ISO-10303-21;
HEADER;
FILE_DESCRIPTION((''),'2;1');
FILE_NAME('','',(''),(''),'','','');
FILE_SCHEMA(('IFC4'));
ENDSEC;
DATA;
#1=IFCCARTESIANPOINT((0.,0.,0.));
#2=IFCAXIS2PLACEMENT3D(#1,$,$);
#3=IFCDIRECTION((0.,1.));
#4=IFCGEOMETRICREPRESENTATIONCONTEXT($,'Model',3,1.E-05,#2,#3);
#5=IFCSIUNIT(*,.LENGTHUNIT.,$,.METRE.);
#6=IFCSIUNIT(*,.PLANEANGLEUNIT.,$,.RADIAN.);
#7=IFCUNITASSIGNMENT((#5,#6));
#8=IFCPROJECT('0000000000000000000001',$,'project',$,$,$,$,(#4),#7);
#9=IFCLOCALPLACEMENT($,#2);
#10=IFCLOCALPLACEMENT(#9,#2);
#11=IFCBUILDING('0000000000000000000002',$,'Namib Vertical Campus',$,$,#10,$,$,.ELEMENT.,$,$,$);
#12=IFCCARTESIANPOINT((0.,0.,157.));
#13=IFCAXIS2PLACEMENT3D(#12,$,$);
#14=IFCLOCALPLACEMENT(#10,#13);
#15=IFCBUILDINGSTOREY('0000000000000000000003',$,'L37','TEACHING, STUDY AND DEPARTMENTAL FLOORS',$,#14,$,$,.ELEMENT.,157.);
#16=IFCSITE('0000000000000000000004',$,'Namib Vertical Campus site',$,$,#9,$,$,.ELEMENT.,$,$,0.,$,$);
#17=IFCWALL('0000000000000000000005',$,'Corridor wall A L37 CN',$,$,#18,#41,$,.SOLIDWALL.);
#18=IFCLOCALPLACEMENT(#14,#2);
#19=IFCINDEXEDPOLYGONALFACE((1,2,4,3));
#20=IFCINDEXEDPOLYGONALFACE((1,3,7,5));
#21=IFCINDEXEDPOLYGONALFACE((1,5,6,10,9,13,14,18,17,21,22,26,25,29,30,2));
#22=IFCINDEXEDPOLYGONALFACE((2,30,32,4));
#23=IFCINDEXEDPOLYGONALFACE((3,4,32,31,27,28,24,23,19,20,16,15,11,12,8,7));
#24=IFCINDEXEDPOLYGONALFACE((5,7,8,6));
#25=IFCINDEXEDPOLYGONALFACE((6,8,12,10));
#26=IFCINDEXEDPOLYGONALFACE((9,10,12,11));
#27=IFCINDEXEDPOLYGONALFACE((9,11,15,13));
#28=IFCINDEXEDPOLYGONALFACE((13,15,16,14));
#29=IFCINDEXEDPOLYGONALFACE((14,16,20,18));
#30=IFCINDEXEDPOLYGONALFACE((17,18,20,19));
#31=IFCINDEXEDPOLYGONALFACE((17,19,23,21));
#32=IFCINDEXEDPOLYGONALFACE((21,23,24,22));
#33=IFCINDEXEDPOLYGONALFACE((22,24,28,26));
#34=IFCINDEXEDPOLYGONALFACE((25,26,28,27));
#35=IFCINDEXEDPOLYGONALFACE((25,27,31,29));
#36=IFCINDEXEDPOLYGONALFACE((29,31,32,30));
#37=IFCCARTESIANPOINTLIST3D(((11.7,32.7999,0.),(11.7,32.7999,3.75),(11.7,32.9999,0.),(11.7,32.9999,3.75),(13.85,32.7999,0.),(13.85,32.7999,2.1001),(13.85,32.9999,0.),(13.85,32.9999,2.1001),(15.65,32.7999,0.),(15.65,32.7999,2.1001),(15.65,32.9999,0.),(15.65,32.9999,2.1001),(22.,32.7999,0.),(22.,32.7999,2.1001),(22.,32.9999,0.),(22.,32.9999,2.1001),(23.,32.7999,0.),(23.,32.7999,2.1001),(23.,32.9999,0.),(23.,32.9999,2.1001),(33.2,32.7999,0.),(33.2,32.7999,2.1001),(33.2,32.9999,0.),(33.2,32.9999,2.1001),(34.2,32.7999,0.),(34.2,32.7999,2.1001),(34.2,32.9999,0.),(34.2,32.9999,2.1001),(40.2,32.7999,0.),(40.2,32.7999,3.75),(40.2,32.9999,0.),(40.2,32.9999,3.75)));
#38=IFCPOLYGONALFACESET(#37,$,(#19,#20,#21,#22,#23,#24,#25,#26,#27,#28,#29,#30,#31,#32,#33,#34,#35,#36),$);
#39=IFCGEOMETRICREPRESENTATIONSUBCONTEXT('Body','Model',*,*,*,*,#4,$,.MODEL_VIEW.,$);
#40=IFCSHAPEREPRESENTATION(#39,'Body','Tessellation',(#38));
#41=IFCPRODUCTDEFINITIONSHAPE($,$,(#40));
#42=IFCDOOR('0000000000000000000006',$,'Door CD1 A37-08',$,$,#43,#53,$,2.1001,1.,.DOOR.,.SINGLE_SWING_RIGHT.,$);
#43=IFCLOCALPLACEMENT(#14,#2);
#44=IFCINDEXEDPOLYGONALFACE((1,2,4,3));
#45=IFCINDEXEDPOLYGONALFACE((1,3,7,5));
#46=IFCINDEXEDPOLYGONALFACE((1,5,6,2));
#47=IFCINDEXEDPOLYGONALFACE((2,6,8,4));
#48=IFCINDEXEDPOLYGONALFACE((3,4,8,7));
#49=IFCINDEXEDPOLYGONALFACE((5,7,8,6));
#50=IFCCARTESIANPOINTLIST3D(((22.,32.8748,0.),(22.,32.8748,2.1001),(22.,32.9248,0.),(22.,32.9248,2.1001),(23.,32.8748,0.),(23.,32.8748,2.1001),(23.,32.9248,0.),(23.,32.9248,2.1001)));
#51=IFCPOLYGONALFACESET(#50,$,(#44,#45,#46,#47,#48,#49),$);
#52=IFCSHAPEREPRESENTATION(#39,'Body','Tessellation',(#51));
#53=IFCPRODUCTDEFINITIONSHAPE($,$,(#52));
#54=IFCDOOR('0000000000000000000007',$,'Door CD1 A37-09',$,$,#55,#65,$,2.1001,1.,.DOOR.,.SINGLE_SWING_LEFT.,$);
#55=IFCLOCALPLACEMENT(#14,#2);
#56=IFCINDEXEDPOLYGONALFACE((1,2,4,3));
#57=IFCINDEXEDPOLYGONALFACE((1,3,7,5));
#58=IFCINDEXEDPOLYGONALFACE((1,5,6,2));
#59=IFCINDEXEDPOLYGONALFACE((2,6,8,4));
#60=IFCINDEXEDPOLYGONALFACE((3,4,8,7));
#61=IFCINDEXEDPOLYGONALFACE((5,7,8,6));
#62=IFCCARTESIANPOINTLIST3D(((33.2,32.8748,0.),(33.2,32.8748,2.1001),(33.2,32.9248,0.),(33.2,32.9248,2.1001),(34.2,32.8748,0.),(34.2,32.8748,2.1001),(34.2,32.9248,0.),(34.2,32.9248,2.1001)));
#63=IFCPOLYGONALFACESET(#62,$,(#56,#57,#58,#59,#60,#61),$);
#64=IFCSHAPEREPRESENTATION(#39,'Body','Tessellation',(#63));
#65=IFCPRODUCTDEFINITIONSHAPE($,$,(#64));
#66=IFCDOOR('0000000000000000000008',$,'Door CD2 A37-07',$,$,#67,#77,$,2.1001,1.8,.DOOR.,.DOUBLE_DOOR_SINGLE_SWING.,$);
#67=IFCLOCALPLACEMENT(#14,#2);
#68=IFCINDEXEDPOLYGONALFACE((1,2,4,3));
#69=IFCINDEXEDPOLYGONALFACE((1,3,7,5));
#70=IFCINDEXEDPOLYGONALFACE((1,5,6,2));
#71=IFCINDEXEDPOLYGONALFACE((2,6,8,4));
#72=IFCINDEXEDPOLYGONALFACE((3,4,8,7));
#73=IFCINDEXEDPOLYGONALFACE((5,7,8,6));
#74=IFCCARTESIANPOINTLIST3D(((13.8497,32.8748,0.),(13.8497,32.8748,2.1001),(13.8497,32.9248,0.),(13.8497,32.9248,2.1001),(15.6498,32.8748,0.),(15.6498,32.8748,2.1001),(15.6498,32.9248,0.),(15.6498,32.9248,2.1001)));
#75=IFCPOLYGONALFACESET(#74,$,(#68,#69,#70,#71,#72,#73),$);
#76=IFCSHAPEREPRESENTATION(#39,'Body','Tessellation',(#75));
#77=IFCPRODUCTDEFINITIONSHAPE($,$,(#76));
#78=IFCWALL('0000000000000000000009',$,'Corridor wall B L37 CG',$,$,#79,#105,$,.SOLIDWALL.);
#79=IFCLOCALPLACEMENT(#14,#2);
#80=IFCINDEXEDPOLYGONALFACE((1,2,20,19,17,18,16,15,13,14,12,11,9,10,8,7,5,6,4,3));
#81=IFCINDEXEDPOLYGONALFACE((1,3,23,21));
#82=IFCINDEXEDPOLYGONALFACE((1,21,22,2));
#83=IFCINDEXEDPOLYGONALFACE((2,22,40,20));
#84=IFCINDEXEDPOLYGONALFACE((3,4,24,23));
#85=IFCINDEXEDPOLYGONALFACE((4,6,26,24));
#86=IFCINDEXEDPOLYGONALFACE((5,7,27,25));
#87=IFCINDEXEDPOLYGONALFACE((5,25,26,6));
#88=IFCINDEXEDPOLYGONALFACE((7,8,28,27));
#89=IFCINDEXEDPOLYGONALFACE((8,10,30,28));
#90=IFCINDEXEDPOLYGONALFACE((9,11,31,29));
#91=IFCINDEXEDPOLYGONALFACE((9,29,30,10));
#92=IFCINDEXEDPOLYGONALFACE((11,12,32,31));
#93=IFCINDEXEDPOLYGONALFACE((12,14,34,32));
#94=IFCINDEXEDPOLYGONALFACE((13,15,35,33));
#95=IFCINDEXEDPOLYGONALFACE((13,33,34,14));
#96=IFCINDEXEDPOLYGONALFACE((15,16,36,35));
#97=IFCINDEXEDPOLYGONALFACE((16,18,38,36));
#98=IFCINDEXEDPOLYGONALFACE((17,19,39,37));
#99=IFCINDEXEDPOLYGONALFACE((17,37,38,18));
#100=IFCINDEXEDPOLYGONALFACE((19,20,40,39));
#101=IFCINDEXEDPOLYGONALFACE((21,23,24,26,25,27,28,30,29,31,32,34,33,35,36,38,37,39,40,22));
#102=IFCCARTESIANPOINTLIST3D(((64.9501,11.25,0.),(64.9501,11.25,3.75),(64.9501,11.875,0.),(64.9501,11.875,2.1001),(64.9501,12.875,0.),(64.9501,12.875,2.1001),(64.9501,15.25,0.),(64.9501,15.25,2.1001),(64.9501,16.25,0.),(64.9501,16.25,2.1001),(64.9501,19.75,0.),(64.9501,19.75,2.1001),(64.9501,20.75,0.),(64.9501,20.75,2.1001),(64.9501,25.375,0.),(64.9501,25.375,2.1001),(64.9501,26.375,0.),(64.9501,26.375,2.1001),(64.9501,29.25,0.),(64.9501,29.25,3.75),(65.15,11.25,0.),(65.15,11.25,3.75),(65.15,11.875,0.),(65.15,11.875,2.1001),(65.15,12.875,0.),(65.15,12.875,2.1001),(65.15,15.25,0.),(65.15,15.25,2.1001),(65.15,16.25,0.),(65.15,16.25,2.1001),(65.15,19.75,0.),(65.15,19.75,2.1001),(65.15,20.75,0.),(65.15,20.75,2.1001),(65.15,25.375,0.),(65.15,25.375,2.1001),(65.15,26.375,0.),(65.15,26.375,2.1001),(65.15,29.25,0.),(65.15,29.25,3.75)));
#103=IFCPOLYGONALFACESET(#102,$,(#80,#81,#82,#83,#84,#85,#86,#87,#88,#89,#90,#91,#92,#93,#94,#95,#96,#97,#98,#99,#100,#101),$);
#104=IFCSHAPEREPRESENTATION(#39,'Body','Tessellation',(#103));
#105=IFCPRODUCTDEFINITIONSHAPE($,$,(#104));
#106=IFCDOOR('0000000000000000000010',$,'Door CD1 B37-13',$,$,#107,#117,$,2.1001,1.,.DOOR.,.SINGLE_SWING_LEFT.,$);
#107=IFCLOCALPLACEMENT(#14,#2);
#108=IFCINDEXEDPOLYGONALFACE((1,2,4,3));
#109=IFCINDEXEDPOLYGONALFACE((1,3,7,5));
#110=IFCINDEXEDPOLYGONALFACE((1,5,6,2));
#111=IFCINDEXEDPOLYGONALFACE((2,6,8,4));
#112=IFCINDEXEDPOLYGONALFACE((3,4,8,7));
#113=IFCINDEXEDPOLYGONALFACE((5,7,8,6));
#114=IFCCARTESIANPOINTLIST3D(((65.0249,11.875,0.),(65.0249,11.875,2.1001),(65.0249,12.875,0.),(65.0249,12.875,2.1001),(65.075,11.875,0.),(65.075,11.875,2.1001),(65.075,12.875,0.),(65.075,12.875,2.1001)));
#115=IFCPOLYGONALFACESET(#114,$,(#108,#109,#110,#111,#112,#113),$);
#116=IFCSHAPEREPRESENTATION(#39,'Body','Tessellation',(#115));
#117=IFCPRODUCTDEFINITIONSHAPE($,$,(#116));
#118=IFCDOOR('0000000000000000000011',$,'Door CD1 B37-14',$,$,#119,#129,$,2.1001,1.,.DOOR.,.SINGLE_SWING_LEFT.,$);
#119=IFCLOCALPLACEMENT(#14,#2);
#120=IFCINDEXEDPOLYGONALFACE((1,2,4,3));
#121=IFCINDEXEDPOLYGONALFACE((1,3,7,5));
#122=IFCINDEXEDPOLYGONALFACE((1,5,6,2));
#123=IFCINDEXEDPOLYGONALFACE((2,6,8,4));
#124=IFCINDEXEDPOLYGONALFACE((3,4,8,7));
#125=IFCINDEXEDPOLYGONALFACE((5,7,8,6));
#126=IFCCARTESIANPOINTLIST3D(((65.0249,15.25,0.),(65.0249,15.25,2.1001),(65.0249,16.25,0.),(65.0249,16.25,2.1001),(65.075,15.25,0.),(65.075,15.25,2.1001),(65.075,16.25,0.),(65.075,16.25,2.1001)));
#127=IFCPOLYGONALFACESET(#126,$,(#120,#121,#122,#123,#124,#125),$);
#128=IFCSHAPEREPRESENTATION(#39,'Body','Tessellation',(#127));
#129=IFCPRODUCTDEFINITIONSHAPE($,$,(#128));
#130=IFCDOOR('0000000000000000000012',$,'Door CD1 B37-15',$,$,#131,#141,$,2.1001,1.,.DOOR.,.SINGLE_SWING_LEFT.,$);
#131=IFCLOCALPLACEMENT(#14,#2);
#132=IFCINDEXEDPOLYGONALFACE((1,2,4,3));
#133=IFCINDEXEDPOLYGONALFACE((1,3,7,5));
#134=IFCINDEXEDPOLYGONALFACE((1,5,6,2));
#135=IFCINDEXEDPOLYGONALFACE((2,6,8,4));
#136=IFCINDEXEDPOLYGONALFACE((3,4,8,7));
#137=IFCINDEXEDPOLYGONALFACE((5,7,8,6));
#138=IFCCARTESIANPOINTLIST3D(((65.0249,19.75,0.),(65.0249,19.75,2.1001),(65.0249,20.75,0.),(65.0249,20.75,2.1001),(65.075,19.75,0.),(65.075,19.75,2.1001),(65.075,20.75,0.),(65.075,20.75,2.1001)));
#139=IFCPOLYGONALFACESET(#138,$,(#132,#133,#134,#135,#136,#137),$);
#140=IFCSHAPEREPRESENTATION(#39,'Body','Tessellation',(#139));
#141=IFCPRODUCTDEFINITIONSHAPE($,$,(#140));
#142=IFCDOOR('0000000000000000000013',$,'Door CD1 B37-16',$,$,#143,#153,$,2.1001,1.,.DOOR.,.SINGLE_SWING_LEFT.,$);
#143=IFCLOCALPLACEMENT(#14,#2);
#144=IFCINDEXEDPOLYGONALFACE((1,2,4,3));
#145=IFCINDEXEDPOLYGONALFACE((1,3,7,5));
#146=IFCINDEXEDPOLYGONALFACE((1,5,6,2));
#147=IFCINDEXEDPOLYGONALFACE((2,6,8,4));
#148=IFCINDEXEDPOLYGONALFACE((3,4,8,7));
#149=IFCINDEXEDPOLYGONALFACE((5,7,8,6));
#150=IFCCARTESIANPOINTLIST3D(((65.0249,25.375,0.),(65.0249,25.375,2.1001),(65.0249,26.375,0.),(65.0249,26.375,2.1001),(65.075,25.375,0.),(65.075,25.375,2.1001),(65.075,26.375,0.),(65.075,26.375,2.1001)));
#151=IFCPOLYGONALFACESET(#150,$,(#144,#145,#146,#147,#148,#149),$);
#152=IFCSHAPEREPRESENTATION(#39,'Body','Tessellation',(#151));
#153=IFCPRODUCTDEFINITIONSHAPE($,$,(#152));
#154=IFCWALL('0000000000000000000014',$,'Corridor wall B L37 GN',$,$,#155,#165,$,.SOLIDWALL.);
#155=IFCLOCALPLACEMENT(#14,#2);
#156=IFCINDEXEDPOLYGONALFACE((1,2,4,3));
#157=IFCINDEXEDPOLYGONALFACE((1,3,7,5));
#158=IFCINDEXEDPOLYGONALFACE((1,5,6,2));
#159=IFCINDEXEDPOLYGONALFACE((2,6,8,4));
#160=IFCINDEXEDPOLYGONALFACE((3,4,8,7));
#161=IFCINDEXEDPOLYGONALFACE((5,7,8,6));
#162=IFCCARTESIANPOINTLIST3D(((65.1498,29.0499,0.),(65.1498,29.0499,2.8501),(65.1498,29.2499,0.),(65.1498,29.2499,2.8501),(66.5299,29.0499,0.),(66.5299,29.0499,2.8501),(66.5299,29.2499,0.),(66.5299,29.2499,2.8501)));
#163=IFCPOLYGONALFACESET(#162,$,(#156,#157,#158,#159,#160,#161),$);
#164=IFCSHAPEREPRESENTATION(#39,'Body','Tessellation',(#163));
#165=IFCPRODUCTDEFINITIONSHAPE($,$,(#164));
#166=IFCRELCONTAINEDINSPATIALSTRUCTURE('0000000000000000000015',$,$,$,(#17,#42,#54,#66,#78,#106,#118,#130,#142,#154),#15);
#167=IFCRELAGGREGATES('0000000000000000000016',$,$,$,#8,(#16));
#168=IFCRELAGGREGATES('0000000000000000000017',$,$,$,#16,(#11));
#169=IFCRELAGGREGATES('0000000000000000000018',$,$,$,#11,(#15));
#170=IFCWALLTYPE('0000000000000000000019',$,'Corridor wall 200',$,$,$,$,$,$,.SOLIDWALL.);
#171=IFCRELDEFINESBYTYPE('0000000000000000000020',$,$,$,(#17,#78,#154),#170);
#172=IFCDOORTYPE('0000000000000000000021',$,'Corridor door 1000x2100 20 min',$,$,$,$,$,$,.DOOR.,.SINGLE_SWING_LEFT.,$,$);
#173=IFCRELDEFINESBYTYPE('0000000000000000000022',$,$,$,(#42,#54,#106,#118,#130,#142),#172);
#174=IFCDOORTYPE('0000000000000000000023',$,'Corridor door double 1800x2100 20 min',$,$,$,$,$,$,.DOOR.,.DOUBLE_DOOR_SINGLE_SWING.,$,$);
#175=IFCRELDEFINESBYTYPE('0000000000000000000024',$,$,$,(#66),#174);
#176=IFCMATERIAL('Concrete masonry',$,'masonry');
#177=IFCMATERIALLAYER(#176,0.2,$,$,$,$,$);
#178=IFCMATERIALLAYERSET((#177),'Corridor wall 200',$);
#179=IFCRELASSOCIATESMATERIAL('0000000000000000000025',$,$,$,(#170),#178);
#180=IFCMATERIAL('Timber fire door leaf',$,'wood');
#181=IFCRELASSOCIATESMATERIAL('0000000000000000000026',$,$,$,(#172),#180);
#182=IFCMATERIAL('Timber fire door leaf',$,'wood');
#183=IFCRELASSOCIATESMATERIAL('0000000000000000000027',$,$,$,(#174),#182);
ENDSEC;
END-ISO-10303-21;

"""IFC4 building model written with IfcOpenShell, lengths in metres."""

from ifc_helpers import new_model, si_unit, direction, frame, frame_2d, origin, place, context, subcontext, project, spatial, rectangle, extrude, material, layer, layer_set, type_object, element, fill, save


model = new_model("IFC4")

# Units and contexts
model_context = context("Model", 3, precision=1e-05, world=origin(), true_north=direction((0.0, 1.0)))
body_context = subcontext(model_context, "Body", "Model", "MODEL_VIEW")
ifc_project = project(units=[si_unit("LENGTHUNIT", "METRE"), si_unit("PLANEANGLEUNIT", "RADIAN")], contexts=[model_context])

# Site, building, storey
site_placement = place(None, origin())
site = spatial("IfcSite", under=ifc_project, at=site_placement, Name="Namib Vertical Campus site", CompositionType="ELEMENT", RefElevation=0.0)
building_placement = place(site_placement, origin())
building = spatial("IfcBuilding", under=site, at=building_placement, Name="Namib Vertical Campus", CompositionType="ELEMENT")
storey_placement = place(building_placement, frame((0.0, 0.0, 157.0)))
storey = spatial("IfcBuildingStorey", under=building, at=storey_placement, Name="L37", Description="TEACHING, STUDY AND DEPARTMENTAL FLOORS", CompositionType="ELEMENT", Elevation=157.0)

# Walls, openings, doors
ifc_material_1 = material(Name="Concrete masonry", Category="masonry")
ifc_layer_1 = layer(ifc_material_1, 0.2)
ifc_layer_set_1 = layer_set([ifc_layer_1], Name="Corridor wall 200")
wall_type_1 = type_object("IfcWallType", Name="Corridor wall 200", PredefinedType="SOLIDWALL", material=ifc_layer_set_1)
wall_1_placement = place(storey_placement, frame((40.2, 32.8999, 0.0), z_axis=(0.0, 0.0, 1.0), x_axis=(-1.0, 0.0, 0.0)))
wall_1 = element("IfcWall", 1, at=wall_1_placement, inside=storey, type_object=wall_type_1, Name="Corridor wall A L37 CN", PredefinedType="SOLIDWALL", context=body_context, shape_type="SweptSolid", body=[
    extrude(rectangle(XDim=28.5, YDim=0.2, at=frame_2d((14.25, 0.0))), origin(), (0.0, 0.0, 1.0), 3.75),
])
opening_1_placement = place(wall_1_placement, frame((24.55, 0.0, 0.0)))
opening_1 = element("IfcOpeningElement", 2, at=opening_1_placement, cuts=wall_1, PredefinedType="OPENING", context=body_context, shape_type="SweptSolid", body=[
    extrude(rectangle(XDim=1.8, YDim=2.1001, at=frame_2d((0.8999, 1.05))), frame((0.0, 0.1099, 0.0), z_axis=(0.0, -1.0, 0.0), x_axis=(1.0, 0.0, 0.0)), (0.0, 0.0, 1.0), 0.22),
])
opening_2_placement = place(wall_1_placement, frame((17.2, 0.0, 0.0)))
opening_2 = element("IfcOpeningElement", 3, at=opening_2_placement, cuts=wall_1, PredefinedType="OPENING", context=body_context, shape_type="SweptSolid", body=[
    extrude(rectangle(XDim=1.0, YDim=2.1001, at=frame_2d((0.5, 1.05))), frame((0.0, 0.1099, 0.0), z_axis=(0.0, -1.0, 0.0), x_axis=(1.0, 0.0, 0.0)), (0.0, 0.0, 1.0), 0.22),
])
opening_3_placement = place(wall_1_placement, frame((6.0, 0.0, 0.0)))
opening_3 = element("IfcOpeningElement", 4, at=opening_3_placement, cuts=wall_1, PredefinedType="OPENING", context=body_context, shape_type="SweptSolid", body=[
    extrude(rectangle(XDim=1.0, YDim=2.1001, at=frame_2d((0.5, 1.05))), frame((0.0, 0.1099, 0.0), z_axis=(0.0, -1.0, 0.0), x_axis=(1.0, 0.0, 0.0)), (0.0, 0.0, 1.0), 0.22),
])
ifc_material_2 = material(Name="Timber fire door leaf", Category="wood")
door_type_1 = type_object("IfcDoorType", Name="Corridor door 1000x2100 20 min", OperationType="SINGLE_SWING_LEFT", PredefinedType="DOOR", material=ifc_material_2)
door_1_placement = place(opening_2_placement, frame((1.0, 0.0, 0.0), z_axis=(0.0, 0.0, 1.0), x_axis=(-1.0, 0.0, 0.0)))
door_1 = element("IfcDoor", 5, at=door_1_placement, inside=storey, type_object=door_type_1, Name="Door CD1 A37-08", OperationType="SINGLE_SWING_RIGHT", OverallHeight=2.1001, OverallWidth=1.0, PredefinedType="DOOR", context=body_context, shape_type="SweptSolid", body=[
    extrude(rectangle(XDim=1.0, YDim=2.1001, at=frame_2d((0.5, 1.05))), frame((0.0, 0.0249, 0.0), z_axis=(0.0, -1.0, 0.0), x_axis=(1.0, 0.0, 0.0)), (0.0, 0.0, 1.0), 0.05),
])
fill(opening_2, door_1)
door_2_placement = place(opening_3_placement, frame((1.0, 0.0, 0.0), z_axis=(0.0, 0.0, 1.0), x_axis=(-1.0, 0.0, 0.0)))
door_2 = element("IfcDoor", 6, at=door_2_placement, inside=storey, type_object=door_type_1, Name="Door CD1 A37-09", OperationType="SINGLE_SWING_LEFT", OverallHeight=2.1001, OverallWidth=1.0, PredefinedType="DOOR", context=body_context, shape_type="SweptSolid", body=[
    extrude(rectangle(XDim=1.0, YDim=2.1001, at=frame_2d((0.5, 1.05))), frame((0.0, 0.0249, 0.0), z_axis=(0.0, -1.0, 0.0), x_axis=(1.0, 0.0, 0.0)), (0.0, 0.0, 1.0), 0.05),
])
fill(opening_3, door_2)
ifc_material_3 = material(Name="Timber fire door leaf", Category="wood")
door_type_2 = type_object("IfcDoorType", Name="Corridor door double 1800x2100 20 min", OperationType="DOUBLE_DOOR_SINGLE_SWING", PredefinedType="DOOR", material=ifc_material_3)
door_3_placement = place(opening_1_placement, frame((1.8, 0.0, 0.0), z_axis=(0.0, 0.0, 1.0), x_axis=(-1.0, 0.0, 0.0)))
door_3 = element("IfcDoor", 7, at=door_3_placement, inside=storey, type_object=door_type_2, Name="Door CD2 A37-07", OperationType="DOUBLE_DOOR_SINGLE_SWING", OverallHeight=2.1001, OverallWidth=1.8, PredefinedType="DOOR", context=body_context, shape_type="SweptSolid", body=[
    extrude(rectangle(XDim=1.8, YDim=2.1001, at=frame_2d((0.8999, 1.05))), frame((0.0, 0.0249, 0.0), z_axis=(0.0, -1.0, 0.0), x_axis=(1.0, 0.0, 0.0)), (0.0, 0.0, 1.0), 0.05),
])
fill(opening_1, door_3)
wall_2_placement = place(storey_placement, frame((65.05, 29.25, 0.0), z_axis=(0.0, 0.0, 1.0), x_axis=(0.0, -1.0, 0.0)))
wall_2 = element("IfcWall", 8, at=wall_2_placement, inside=storey, type_object=wall_type_1, Name="Corridor wall B L37 CG", PredefinedType="SOLIDWALL", context=body_context, shape_type="SweptSolid", body=[
    extrude(rectangle(XDim=18.0, YDim=0.2, at=frame_2d((9.0, 0.0))), origin(), (0.0, 0.0, 1.0), 3.75),
])
opening_4_placement = place(wall_2_placement, frame((16.375, 0.0, 0.0)))
opening_4 = element("IfcOpeningElement", 9, at=opening_4_placement, cuts=wall_2, PredefinedType="OPENING", context=body_context, shape_type="SweptSolid", body=[
    extrude(rectangle(XDim=1.0, YDim=2.1001, at=frame_2d((0.5, 1.05))), frame((0.0, 0.1099, 0.0), z_axis=(0.0, -1.0, 0.0), x_axis=(1.0, 0.0, 0.0)), (0.0, 0.0, 1.0), 0.22),
])
opening_5_placement = place(wall_2_placement, frame((13.0, 0.0, 0.0)))
opening_5 = element("IfcOpeningElement", 10, at=opening_5_placement, cuts=wall_2, PredefinedType="OPENING", context=body_context, shape_type="SweptSolid", body=[
    extrude(rectangle(XDim=1.0, YDim=2.1001, at=frame_2d((0.5, 1.05))), frame((0.0, 0.1099, 0.0), z_axis=(0.0, -1.0, 0.0), x_axis=(1.0, 0.0, 0.0)), (0.0, 0.0, 1.0), 0.22),
])
opening_6_placement = place(wall_2_placement, frame((8.5, 0.0, 0.0)))
opening_6 = element("IfcOpeningElement", 11, at=opening_6_placement, cuts=wall_2, PredefinedType="OPENING", context=body_context, shape_type="SweptSolid", body=[
    extrude(rectangle(XDim=1.0, YDim=2.1001, at=frame_2d((0.5, 1.05))), frame((0.0, 0.1099, 0.0), z_axis=(0.0, -1.0, 0.0), x_axis=(1.0, 0.0, 0.0)), (0.0, 0.0, 1.0), 0.22),
])
opening_7_placement = place(wall_2_placement, frame((2.875, 0.0, 0.0)))
opening_7 = element("IfcOpeningElement", 12, at=opening_7_placement, cuts=wall_2, PredefinedType="OPENING", context=body_context, shape_type="SweptSolid", body=[
    extrude(rectangle(XDim=1.0, YDim=2.1001, at=frame_2d((0.5, 1.05))), frame((0.0, 0.1099, 0.0), z_axis=(0.0, -1.0, 0.0), x_axis=(1.0, 0.0, 0.0)), (0.0, 0.0, 1.0), 0.22),
])
door_4_placement = place(opening_4_placement, origin())
door_4 = element("IfcDoor", 13, at=door_4_placement, inside=storey, type_object=door_type_1, Name="Door CD1 B37-13", OperationType="SINGLE_SWING_LEFT", OverallHeight=2.1001, OverallWidth=1.0, PredefinedType="DOOR", context=body_context, shape_type="SweptSolid", body=[
    extrude(rectangle(XDim=1.0, YDim=2.1001, at=frame_2d((0.5, 1.05))), frame((0.0, 0.0249, 0.0), z_axis=(0.0, -1.0, 0.0), x_axis=(1.0, 0.0, 0.0)), (0.0, 0.0, 1.0), 0.05),
])
fill(opening_4, door_4)
door_5_placement = place(opening_5_placement, origin())
door_5 = element("IfcDoor", 14, at=door_5_placement, inside=storey, type_object=door_type_1, Name="Door CD1 B37-14", OperationType="SINGLE_SWING_LEFT", OverallHeight=2.1001, OverallWidth=1.0, PredefinedType="DOOR", context=body_context, shape_type="SweptSolid", body=[
    extrude(rectangle(XDim=1.0, YDim=2.1001, at=frame_2d((0.5, 1.05))), frame((0.0, 0.0249, 0.0), z_axis=(0.0, -1.0, 0.0), x_axis=(1.0, 0.0, 0.0)), (0.0, 0.0, 1.0), 0.05),
])
fill(opening_5, door_5)
door_6_placement = place(opening_6_placement, origin())
door_6 = element("IfcDoor", 15, at=door_6_placement, inside=storey, type_object=door_type_1, Name="Door CD1 B37-15", OperationType="SINGLE_SWING_LEFT", OverallHeight=2.1001, OverallWidth=1.0, PredefinedType="DOOR", context=body_context, shape_type="SweptSolid", body=[
    extrude(rectangle(XDim=1.0, YDim=2.1001, at=frame_2d((0.5, 1.05))), frame((0.0, 0.0249, 0.0), z_axis=(0.0, -1.0, 0.0), x_axis=(1.0, 0.0, 0.0)), (0.0, 0.0, 1.0), 0.05),
])
fill(opening_6, door_6)
door_7_placement = place(opening_7_placement, origin())
door_7 = element("IfcDoor", 16, at=door_7_placement, inside=storey, type_object=door_type_1, Name="Door CD1 B37-16", OperationType="SINGLE_SWING_LEFT", OverallHeight=2.1001, OverallWidth=1.0, PredefinedType="DOOR", context=body_context, shape_type="SweptSolid", body=[
    extrude(rectangle(XDim=1.0, YDim=2.1001, at=frame_2d((0.5, 1.05))), frame((0.0, 0.0249, 0.0), z_axis=(0.0, -1.0, 0.0), x_axis=(1.0, 0.0, 0.0)), (0.0, 0.0, 1.0), 0.05),
])
fill(opening_7, door_7)

# Wall
wall_3_placement = place(storey_placement, frame((65.1499, 29.1499, 0.0), z_axis=(0.0, 0.0, 1.0), x_axis=(1.0, 0.0, 0.0)))
element("IfcWall", 17, at=wall_3_placement, inside=storey, type_object=wall_type_1, Name="Corridor wall B L37 GN", PredefinedType="SOLIDWALL", context=body_context, shape_type="SweptSolid", body=[
    extrude(rectangle(XDim=1.3801, YDim=0.2, at=frame_2d((0.6899, 0.0))), origin(), (0.0, 0.0, 1.0), 2.8501),
])

save(model, "model.ifc")
